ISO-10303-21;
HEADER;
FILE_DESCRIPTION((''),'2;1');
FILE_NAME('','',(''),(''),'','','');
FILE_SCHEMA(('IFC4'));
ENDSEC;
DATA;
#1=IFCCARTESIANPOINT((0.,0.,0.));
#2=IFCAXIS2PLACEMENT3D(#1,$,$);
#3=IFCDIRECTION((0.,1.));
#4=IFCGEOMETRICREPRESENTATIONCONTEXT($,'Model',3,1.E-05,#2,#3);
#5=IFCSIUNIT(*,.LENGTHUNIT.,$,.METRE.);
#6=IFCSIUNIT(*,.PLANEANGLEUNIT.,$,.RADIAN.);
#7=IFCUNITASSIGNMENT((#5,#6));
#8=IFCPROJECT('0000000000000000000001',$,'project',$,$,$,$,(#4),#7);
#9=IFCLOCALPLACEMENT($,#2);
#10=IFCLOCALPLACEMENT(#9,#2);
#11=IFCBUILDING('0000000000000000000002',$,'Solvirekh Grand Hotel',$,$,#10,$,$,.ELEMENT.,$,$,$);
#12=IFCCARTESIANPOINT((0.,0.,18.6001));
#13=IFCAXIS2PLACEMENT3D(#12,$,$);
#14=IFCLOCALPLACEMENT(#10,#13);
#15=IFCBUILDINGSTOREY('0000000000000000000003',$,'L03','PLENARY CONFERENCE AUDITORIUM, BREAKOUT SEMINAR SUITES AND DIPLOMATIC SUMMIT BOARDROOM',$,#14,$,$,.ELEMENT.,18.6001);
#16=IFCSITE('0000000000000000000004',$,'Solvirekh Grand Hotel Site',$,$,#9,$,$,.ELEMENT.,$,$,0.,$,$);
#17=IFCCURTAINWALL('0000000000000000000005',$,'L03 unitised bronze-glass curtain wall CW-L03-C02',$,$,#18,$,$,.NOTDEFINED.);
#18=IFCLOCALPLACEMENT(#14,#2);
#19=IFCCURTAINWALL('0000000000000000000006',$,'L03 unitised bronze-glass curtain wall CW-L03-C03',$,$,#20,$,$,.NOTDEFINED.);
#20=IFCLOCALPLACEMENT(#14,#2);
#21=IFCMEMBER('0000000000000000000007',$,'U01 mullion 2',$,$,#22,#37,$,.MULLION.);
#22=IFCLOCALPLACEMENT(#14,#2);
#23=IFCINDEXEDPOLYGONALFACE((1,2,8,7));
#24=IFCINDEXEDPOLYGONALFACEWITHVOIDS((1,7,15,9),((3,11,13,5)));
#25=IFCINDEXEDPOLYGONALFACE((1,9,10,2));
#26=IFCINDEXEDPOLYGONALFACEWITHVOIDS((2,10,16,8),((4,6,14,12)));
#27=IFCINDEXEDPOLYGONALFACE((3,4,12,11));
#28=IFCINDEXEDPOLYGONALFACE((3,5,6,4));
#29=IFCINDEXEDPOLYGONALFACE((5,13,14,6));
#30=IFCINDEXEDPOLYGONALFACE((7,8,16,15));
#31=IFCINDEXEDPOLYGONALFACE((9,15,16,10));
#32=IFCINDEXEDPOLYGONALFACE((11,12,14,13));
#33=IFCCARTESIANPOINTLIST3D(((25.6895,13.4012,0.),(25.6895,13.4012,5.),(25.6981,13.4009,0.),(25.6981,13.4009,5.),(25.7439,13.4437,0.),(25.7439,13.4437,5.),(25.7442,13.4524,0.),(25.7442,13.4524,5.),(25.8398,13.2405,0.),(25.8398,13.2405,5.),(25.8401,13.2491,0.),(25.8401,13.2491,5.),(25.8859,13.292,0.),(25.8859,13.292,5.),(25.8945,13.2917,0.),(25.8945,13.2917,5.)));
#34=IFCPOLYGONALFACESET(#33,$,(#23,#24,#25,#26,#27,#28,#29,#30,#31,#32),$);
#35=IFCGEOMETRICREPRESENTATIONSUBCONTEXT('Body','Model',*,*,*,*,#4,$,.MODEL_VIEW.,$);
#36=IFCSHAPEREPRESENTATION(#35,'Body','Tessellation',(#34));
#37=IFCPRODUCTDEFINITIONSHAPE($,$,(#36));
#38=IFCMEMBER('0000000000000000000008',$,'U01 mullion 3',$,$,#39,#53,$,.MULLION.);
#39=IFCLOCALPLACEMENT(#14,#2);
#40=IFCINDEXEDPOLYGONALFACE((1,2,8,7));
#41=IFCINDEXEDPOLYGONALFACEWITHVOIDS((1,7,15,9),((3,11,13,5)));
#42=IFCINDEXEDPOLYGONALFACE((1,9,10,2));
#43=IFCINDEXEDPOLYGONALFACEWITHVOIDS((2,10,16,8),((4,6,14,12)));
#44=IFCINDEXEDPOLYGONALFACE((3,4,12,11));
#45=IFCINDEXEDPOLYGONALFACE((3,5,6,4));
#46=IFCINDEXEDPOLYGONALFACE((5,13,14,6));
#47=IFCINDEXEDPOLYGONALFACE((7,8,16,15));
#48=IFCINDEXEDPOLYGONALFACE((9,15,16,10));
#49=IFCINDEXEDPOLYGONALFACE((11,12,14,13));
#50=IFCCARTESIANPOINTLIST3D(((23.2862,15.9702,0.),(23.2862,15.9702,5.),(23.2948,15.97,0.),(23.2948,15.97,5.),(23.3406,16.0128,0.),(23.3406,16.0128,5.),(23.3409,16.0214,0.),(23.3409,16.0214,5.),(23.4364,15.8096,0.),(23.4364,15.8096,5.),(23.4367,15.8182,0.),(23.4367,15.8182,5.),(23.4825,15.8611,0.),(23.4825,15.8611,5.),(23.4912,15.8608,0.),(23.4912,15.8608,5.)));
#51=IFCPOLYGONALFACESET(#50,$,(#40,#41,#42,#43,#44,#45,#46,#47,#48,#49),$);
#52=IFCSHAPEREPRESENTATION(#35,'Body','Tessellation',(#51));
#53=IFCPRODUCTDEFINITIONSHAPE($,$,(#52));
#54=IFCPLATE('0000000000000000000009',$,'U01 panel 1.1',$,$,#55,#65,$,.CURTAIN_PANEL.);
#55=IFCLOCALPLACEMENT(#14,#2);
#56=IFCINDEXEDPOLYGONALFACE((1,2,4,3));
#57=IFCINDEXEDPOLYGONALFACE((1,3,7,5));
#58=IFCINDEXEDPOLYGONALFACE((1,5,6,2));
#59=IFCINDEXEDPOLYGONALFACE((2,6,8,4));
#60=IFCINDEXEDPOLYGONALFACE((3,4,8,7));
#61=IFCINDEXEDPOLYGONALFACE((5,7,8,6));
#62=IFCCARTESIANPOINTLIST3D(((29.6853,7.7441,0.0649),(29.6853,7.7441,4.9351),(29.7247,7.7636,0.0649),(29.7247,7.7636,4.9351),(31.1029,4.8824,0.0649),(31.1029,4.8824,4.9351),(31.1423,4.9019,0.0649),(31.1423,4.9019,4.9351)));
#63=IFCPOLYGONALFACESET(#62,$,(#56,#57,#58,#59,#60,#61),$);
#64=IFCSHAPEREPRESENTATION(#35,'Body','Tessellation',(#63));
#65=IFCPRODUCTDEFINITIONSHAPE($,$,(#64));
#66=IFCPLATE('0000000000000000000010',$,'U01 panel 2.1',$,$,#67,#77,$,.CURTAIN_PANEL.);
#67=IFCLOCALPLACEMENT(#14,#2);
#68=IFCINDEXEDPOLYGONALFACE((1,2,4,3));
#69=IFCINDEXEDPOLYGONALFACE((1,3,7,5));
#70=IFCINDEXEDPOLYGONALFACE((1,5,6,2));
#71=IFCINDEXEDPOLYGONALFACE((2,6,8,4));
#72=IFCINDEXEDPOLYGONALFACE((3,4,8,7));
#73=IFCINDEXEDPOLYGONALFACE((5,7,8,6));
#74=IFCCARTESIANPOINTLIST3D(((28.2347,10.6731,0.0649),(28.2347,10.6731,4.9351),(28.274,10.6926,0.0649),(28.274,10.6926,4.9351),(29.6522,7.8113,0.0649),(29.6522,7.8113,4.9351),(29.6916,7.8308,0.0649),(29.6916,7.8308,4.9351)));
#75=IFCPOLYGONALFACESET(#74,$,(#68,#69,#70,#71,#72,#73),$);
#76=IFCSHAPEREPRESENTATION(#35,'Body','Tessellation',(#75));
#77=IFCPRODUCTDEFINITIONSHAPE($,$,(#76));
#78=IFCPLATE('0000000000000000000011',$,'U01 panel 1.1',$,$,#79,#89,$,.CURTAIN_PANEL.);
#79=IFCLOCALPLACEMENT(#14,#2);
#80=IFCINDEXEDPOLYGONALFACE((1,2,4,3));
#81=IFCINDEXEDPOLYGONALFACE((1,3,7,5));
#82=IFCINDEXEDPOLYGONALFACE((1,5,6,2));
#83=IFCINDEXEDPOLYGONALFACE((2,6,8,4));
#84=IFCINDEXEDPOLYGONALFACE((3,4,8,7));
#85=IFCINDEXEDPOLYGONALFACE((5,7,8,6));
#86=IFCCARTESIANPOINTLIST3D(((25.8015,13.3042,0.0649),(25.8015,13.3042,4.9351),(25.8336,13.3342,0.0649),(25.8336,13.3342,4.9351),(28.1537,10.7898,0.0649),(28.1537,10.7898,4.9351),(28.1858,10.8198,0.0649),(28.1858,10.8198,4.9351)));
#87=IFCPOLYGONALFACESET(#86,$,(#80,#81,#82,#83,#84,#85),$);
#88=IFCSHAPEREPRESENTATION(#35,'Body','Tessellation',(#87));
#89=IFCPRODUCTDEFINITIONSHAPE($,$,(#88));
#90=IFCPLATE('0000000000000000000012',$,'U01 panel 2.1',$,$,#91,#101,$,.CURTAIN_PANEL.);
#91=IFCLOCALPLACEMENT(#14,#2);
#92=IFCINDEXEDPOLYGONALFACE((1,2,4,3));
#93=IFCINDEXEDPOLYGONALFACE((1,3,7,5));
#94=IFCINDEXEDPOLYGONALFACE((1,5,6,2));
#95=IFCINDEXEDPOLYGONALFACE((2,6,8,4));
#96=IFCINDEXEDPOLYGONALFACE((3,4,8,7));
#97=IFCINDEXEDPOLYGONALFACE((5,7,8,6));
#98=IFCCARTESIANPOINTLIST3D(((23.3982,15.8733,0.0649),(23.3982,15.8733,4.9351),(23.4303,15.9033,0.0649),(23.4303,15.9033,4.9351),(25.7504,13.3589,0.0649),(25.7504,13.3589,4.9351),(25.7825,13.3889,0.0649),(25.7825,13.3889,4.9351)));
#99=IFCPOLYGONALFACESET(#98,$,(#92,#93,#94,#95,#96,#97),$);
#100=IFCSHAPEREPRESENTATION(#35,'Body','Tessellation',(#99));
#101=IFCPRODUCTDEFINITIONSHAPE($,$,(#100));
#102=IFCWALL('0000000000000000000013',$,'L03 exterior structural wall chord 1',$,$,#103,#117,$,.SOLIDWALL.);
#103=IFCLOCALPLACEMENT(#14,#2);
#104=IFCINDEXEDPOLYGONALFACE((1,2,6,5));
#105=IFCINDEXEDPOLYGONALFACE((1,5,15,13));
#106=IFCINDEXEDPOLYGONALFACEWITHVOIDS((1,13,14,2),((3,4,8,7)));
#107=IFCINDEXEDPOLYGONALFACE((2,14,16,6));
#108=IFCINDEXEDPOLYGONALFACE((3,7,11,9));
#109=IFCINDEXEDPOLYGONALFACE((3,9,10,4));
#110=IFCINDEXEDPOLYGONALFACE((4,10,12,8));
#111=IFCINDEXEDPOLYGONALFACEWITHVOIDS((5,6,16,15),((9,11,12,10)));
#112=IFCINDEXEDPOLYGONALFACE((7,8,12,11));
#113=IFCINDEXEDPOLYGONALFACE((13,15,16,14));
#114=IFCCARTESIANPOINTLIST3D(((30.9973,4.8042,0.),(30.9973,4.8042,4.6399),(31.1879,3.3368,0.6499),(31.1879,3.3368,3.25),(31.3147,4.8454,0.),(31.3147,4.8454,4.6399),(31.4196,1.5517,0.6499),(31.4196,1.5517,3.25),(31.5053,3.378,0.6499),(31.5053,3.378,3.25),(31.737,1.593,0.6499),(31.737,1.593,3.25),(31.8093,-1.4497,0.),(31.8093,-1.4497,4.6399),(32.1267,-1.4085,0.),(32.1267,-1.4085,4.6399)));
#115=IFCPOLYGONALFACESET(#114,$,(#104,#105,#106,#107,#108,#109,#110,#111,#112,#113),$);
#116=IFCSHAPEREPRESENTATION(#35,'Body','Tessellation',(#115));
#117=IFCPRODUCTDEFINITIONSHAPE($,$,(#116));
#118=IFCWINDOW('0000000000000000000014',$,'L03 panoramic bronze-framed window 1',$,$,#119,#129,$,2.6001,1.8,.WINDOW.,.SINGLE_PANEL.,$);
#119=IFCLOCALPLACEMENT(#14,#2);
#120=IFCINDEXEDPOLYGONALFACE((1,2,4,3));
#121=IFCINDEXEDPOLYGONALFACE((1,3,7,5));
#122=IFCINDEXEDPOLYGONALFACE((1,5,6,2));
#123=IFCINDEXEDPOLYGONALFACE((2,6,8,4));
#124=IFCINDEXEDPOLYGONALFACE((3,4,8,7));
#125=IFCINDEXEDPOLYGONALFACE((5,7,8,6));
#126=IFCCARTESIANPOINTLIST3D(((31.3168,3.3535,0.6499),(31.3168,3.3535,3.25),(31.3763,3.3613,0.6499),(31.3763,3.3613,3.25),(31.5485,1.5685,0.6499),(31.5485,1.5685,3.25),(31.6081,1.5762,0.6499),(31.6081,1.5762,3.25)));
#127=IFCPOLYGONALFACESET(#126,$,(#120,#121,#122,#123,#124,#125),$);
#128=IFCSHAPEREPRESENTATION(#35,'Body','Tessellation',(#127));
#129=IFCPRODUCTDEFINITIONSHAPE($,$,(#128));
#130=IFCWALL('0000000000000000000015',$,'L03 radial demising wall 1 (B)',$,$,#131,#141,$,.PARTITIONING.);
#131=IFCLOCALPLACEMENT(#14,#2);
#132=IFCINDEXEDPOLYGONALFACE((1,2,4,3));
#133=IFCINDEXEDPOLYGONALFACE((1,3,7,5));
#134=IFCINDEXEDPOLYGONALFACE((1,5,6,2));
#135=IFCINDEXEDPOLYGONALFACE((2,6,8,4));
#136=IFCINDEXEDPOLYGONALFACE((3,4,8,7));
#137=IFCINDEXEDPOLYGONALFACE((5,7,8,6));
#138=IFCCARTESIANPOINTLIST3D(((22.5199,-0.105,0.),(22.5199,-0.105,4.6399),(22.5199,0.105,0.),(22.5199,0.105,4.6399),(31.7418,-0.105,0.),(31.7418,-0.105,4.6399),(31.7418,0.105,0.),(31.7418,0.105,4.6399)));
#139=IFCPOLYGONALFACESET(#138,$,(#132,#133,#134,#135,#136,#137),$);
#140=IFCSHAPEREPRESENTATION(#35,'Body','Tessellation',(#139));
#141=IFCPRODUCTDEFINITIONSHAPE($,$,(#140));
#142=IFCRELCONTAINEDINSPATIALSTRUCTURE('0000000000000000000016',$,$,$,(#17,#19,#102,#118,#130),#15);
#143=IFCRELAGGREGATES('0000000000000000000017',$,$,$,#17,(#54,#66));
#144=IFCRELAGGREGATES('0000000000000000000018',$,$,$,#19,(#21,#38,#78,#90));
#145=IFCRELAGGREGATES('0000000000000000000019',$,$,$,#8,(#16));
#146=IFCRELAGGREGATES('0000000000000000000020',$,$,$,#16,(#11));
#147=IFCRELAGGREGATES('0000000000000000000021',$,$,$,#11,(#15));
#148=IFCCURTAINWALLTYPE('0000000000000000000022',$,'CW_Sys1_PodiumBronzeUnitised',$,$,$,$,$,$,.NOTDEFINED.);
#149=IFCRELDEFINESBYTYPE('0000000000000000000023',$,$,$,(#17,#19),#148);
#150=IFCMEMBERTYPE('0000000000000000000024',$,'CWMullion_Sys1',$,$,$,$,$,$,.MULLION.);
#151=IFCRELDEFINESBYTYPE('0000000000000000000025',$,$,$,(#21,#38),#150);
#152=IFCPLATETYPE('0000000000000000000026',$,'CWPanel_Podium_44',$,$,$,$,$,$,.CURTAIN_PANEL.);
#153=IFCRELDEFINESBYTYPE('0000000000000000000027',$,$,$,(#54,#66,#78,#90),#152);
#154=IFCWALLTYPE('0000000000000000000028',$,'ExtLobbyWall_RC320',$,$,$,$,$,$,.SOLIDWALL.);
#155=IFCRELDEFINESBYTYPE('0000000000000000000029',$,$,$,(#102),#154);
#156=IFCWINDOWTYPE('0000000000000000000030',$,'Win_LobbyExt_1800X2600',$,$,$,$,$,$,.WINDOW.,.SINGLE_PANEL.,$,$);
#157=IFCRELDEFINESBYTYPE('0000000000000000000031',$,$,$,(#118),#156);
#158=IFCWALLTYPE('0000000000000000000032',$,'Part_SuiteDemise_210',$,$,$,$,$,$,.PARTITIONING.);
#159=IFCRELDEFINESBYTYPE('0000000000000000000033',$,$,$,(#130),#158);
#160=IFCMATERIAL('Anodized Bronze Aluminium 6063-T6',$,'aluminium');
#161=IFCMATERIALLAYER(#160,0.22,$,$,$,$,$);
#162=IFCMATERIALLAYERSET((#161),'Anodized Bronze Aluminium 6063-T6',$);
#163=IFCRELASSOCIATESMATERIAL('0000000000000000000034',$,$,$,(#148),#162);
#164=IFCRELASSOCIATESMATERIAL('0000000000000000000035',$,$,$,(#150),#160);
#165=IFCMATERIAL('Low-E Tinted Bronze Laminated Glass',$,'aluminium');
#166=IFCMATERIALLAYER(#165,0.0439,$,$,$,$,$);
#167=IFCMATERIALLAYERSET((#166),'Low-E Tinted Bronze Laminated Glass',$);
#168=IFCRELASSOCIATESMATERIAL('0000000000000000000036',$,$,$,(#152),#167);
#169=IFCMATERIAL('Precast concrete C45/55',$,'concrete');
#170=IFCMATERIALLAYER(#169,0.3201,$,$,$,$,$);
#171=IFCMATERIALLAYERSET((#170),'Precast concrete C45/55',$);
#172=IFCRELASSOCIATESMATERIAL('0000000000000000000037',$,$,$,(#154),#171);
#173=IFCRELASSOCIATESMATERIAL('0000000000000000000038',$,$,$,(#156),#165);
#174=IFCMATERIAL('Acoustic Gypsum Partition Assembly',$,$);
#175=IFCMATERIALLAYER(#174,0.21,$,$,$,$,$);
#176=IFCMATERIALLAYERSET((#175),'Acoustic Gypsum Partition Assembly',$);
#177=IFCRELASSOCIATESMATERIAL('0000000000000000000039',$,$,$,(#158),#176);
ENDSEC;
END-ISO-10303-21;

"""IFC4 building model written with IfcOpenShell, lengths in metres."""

from ifc_helpers import new_model, si_unit, direction, frame, frame_2d, origin, origin_2d, place, context, subcontext, project, spatial, rectangle, hollow_rectangle, extrude, source, transform, mapped, material, layer, layer_set, material_profile, profile_set, type_object, element, fill, aggregate, save


model = new_model("IFC4")

# Units and contexts
model_context = context("Model", 3, precision=1e-05, world=origin(), true_north=direction((0.0, 1.0)))
body_context = subcontext(model_context, "Body", "Model", "MODEL_VIEW")
ifc_project = project(units=[si_unit("LENGTHUNIT", "METRE"), si_unit("PLANEANGLEUNIT", "RADIAN")], contexts=[model_context])

# Site, building, storey
site_placement = place(None, origin())
site = spatial("IfcSite", under=ifc_project, at=site_placement, Name="Solvirekh Grand Hotel Site", CompositionType="ELEMENT", RefElevation=0.0)
building_placement = place(site_placement, origin())
building = spatial("IfcBuilding", under=site, at=building_placement, Name="Solvirekh Grand Hotel", CompositionType="ELEMENT")
storey_placement = place(building_placement, frame((0.0, 0.0, 18.6001)))
storey = spatial("IfcBuildingStorey", under=building, at=storey_placement, Name="L03", Description="PLENARY CONFERENCE AUDITORIUM, BREAKOUT SEMINAR SUITES AND DIPLOMATIC SUMMIT BOARDROOM", CompositionType="ELEMENT", Elevation=18.6001)

# Curtain walls
ifc_material_1 = material(Name="Anodized Bronze Aluminium 6063-T6", Category="aluminium")
ifc_layer_1 = layer(ifc_material_1, 0.22)
ifc_layer_set_1 = layer_set([ifc_layer_1], Name="Anodized Bronze Aluminium 6063-T6")
curtain_wall_type = type_object("IfcCurtainWallType", Name="CW_Sys1_PodiumBronzeUnitised", PredefinedType="NOTDEFINED", material=ifc_layer_set_1)
curtain_wall_1_placement = place(storey_placement, origin())
curtain_wall_1 = element("IfcCurtainWall", 1, at=curtain_wall_1_placement, inside=storey, type_object=curtain_wall_type, Name="L03 unitised bronze-glass curtain wall CW-L03-C02", PredefinedType="NOTDEFINED")
curtain_wall_2_placement = place(storey_placement, origin())
curtain_wall_2 = element("IfcCurtainWall", 2, at=curtain_wall_2_placement, inside=storey, type_object=curtain_wall_type, Name="L03 unitised bronze-glass curtain wall CW-L03-C03", PredefinedType="NOTDEFINED")

# Members
ifc_material_profile_1 = material_profile(ifc_material_1, hollow_rectangle(XDim=0.075, YDim=0.22, WallThickness=0.0061, at=origin_2d()), Name="ALU RHS 220X75X6")
ifc_profile_set_1 = profile_set([ifc_material_profile_1], Name="Anodized Bronze Aluminium 6063-T6")
member_type_1 = type_object("IfcMemberType", Name="CWMullion_Sys1", PredefinedType="MULLION", material=ifc_profile_set_1)
shared_shape_1 = source(origin(), body_context, "Body", "SweptSolid", [
    extrude(hollow_rectangle(XDim=0.075, YDim=0.22, WallThickness=0.0061, at=origin_2d()), origin(), (0.0, 0.0, 1.0), 5.0),
])
member_1_placement = place(storey_placement, frame((25.792, 13.3464, 0.0), z_axis=(0.0, 0.0, 1.0), x_axis=(-0.730269, -0.68316, 0.0)))
member_1 = element("IfcMember", 3, at=member_1_placement, type_object=member_type_1, Name="U01 mullion 2", PredefinedType="MULLION", context=body_context, shape_type="MappedRepresentation", body=[
    mapped(shared_shape_1, transform((0.0, 0.0, 0.0), x_axis=(1.0, 0.0, 0.0), y_axis=(0.0, 1.0, 0.0), z_axis=(0.0, 0.0, 1.0), scale=1.0)),
])
member_2_placement = place(storey_placement, frame((23.3887, 15.9155, 0.0), z_axis=(0.0, 0.0, 1.0), x_axis=(-0.730269, -0.68316, 0.0)))
member_2 = element("IfcMember", 4, at=member_2_placement, type_object=member_type_1, Name="U01 mullion 3", PredefinedType="MULLION", context=body_context, shape_type="MappedRepresentation", body=[
    mapped(shared_shape_1, transform((0.0, 0.0, 0.0), x_axis=(1.0, 0.0, 0.0), y_axis=(0.0, 1.0, 0.0), z_axis=(0.0, 0.0, 1.0), scale=1.0)),
])

# Plates
ifc_material_2 = material(Name="Low-E Tinted Bronze Laminated Glass", Category="aluminium")
ifc_layer_2 = layer(ifc_material_2, 0.0439)
ifc_layer_set_2 = layer_set([ifc_layer_2], Name="Low-E Tinted Bronze Laminated Glass")
plate_type = type_object("IfcPlateType", Name="CWPanel_Podium_44", PredefinedType="CURTAIN_PANEL", material=ifc_layer_set_2)
shared_shape_2 = source(origin(), body_context, "Body", "SweptSolid", [
    extrude(rectangle(XDim=3.1936, YDim=0.0439, at=origin_2d()), origin(), (0.0, 0.0, 1.0), 4.8701),
])
plate_1_placement = place(storey_placement, frame((30.4138, 6.323, 0.0649), z_axis=(0.0, 0.0, 1.0), x_axis=(-0.443883, 0.896085, 0.0)))
plate_1 = element("IfcPlate", 5, at=plate_1_placement, type_object=plate_type, Name="U01 panel 1.1", PredefinedType="CURTAIN_PANEL", context=body_context, shape_type="MappedRepresentation", body=[
    mapped(shared_shape_2, transform((0.0, 0.0, 0.0), x_axis=(1.0, 0.0, 0.0), y_axis=(0.0, 1.0, 0.0), z_axis=(0.0, 0.0, 1.0), scale=1.0)),
])
plate_2_placement = place(storey_placement, frame((28.9631, 9.252, 0.0649), z_axis=(0.0, 0.0, 1.0), x_axis=(-0.443883, 0.896085, 0.0)))
plate_2 = element("IfcPlate", 6, at=plate_2_placement, type_object=plate_type, Name="U01 panel 2.1", PredefinedType="CURTAIN_PANEL", context=body_context, shape_type="MappedRepresentation", body=[
    mapped(shared_shape_2, transform((0.0, 0.0, 0.0), x_axis=(1.0, 0.0, 0.0), y_axis=(0.0, 1.0, 0.0), z_axis=(0.0, 0.0, 1.0), scale=1.0)),
])
aggregate(curtain_wall_1, [plate_1, plate_2])
shared_shape_3 = source(origin(), body_context, "Body", "SweptSolid", [
    extrude(rectangle(XDim=3.4431, YDim=0.0439, at=origin_2d()), origin(), (0.0, 0.0, 1.0), 4.8701),
])
plate_3_placement = place(storey_placement, frame((26.9937, 12.062, 0.0649), z_axis=(0.0, 0.0, 1.0), x_axis=(-0.68316, 0.730269, 0.0)))
plate_3 = element("IfcPlate", 7, at=plate_3_placement, type_object=plate_type, Name="U01 panel 1.1", PredefinedType="CURTAIN_PANEL", context=body_context, shape_type="MappedRepresentation", body=[
    mapped(shared_shape_3, transform((0.0, 0.0, 0.0), x_axis=(1.0, 0.0, 0.0), y_axis=(0.0, 1.0, 0.0), z_axis=(0.0, 0.0, 1.0), scale=1.0)),
])
plate_4_placement = place(storey_placement, frame((24.5903, 14.6311, 0.0649), z_axis=(0.0, 0.0, 1.0), x_axis=(-0.68316, 0.730269, 0.0)))
plate_4 = element("IfcPlate", 8, at=plate_4_placement, type_object=plate_type, Name="U01 panel 2.1", PredefinedType="CURTAIN_PANEL", context=body_context, shape_type="MappedRepresentation", body=[
    mapped(shared_shape_3, transform((0.0, 0.0, 0.0), x_axis=(1.0, 0.0, 0.0), y_axis=(0.0, 1.0, 0.0), z_axis=(0.0, 0.0, 1.0), scale=1.0)),
])
aggregate(curtain_wall_2, [member_1, member_2, plate_3, plate_4])

# Wall, opening, window
ifc_material_3 = material(Name="Precast concrete C45/55", Category="concrete")
ifc_layer_3 = layer(ifc_material_3, 0.3201)
ifc_layer_set_3 = layer_set([ifc_layer_3], Name="Precast concrete C45/55")
wall_type_1 = type_object("IfcWallType", Name="ExtLobbyWall_RC320", PredefinedType="SOLIDWALL", material=ifc_layer_set_3)
wall_1_placement = place(storey_placement, frame((31.156, 4.825, 0.0), z_axis=(0.0, 0.0, 1.0), x_axis=(0.12876, -0.991676, 0.0)))
wall_1 = element("IfcWall", 9, at=wall_1_placement, inside=storey, type_object=wall_type_1, Name="L03 exterior structural wall chord 1", PredefinedType="SOLIDWALL", context=body_context, shape_type="SweptSolid", body=[
    extrude(rectangle(XDim=6.3064, YDim=0.3201, at=frame_2d((3.1533, 0.0))), origin(), (0.0, 0.0, 1.0), 4.6399),
])
opening_placement = place(wall_1_placement, frame((1.48, 0.0, 0.6499)))
opening = element("IfcOpeningElement", 10, at=opening_placement, cuts=wall_1, PredefinedType="OPENING", context=body_context, shape_type="SweptSolid", body=[
    extrude(rectangle(XDim=1.8, YDim=2.6001, at=frame_2d((0.8999, 1.3))), frame((0.0, 0.1699, 0.0), z_axis=(0.0, -1.0, 0.0), x_axis=(1.0, 0.0, 0.0)), (0.0, 0.0, 1.0), 0.3401),
])
window_type = type_object("IfcWindowType", Name="Win_LobbyExt_1800X2600", PartitioningType="SINGLE_PANEL", PredefinedType="WINDOW", material=ifc_material_2)
window_placement = place(opening_placement, origin())
window = element("IfcWindow", 11, at=window_placement, inside=storey, type_object=window_type, Name="L03 panoramic bronze-framed window 1", OverallHeight=2.6001, OverallWidth=1.8, PartitioningType="SINGLE_PANEL", PredefinedType="WINDOW", context=body_context, shape_type="SweptSolid", body=[
    extrude(rectangle(XDim=1.8, YDim=2.6001, at=frame_2d((0.8999, 1.3))), frame((0.0, 0.03, 0.0), z_axis=(0.0, -1.0, 0.0), x_axis=(1.0, 0.0, 0.0)), (0.0, 0.0, 1.0), 0.0601),
])
fill(opening, window)

# Wall
ifc_material_4 = material(Name="Acoustic Gypsum Partition Assembly")
ifc_layer_4 = layer(ifc_material_4, 0.21)
ifc_layer_set_4 = layer_set([ifc_layer_4], Name="Acoustic Gypsum Partition Assembly")
wall_type_2 = type_object("IfcWallType", Name="Part_SuiteDemise_210", PredefinedType="PARTITIONING", material=ifc_layer_set_4)
wall_2_placement = place(storey_placement, frame((22.52, 0.0, 0.0), z_axis=(0.0, 0.0, 1.0), x_axis=(1.0, 0.0, 0.0)))
element("IfcWall", 12, at=wall_2_placement, inside=storey, type_object=wall_type_2, Name="L03 radial demising wall 1 (B)", PredefinedType="PARTITIONING", context=body_context, shape_type="SweptSolid", body=[
    extrude(rectangle(XDim=9.2219, YDim=0.21, at=frame_2d((4.6108, 0.0))), origin(), (0.0, 0.0, 1.0), 4.6399),
])

save(model, "model.ifc")
